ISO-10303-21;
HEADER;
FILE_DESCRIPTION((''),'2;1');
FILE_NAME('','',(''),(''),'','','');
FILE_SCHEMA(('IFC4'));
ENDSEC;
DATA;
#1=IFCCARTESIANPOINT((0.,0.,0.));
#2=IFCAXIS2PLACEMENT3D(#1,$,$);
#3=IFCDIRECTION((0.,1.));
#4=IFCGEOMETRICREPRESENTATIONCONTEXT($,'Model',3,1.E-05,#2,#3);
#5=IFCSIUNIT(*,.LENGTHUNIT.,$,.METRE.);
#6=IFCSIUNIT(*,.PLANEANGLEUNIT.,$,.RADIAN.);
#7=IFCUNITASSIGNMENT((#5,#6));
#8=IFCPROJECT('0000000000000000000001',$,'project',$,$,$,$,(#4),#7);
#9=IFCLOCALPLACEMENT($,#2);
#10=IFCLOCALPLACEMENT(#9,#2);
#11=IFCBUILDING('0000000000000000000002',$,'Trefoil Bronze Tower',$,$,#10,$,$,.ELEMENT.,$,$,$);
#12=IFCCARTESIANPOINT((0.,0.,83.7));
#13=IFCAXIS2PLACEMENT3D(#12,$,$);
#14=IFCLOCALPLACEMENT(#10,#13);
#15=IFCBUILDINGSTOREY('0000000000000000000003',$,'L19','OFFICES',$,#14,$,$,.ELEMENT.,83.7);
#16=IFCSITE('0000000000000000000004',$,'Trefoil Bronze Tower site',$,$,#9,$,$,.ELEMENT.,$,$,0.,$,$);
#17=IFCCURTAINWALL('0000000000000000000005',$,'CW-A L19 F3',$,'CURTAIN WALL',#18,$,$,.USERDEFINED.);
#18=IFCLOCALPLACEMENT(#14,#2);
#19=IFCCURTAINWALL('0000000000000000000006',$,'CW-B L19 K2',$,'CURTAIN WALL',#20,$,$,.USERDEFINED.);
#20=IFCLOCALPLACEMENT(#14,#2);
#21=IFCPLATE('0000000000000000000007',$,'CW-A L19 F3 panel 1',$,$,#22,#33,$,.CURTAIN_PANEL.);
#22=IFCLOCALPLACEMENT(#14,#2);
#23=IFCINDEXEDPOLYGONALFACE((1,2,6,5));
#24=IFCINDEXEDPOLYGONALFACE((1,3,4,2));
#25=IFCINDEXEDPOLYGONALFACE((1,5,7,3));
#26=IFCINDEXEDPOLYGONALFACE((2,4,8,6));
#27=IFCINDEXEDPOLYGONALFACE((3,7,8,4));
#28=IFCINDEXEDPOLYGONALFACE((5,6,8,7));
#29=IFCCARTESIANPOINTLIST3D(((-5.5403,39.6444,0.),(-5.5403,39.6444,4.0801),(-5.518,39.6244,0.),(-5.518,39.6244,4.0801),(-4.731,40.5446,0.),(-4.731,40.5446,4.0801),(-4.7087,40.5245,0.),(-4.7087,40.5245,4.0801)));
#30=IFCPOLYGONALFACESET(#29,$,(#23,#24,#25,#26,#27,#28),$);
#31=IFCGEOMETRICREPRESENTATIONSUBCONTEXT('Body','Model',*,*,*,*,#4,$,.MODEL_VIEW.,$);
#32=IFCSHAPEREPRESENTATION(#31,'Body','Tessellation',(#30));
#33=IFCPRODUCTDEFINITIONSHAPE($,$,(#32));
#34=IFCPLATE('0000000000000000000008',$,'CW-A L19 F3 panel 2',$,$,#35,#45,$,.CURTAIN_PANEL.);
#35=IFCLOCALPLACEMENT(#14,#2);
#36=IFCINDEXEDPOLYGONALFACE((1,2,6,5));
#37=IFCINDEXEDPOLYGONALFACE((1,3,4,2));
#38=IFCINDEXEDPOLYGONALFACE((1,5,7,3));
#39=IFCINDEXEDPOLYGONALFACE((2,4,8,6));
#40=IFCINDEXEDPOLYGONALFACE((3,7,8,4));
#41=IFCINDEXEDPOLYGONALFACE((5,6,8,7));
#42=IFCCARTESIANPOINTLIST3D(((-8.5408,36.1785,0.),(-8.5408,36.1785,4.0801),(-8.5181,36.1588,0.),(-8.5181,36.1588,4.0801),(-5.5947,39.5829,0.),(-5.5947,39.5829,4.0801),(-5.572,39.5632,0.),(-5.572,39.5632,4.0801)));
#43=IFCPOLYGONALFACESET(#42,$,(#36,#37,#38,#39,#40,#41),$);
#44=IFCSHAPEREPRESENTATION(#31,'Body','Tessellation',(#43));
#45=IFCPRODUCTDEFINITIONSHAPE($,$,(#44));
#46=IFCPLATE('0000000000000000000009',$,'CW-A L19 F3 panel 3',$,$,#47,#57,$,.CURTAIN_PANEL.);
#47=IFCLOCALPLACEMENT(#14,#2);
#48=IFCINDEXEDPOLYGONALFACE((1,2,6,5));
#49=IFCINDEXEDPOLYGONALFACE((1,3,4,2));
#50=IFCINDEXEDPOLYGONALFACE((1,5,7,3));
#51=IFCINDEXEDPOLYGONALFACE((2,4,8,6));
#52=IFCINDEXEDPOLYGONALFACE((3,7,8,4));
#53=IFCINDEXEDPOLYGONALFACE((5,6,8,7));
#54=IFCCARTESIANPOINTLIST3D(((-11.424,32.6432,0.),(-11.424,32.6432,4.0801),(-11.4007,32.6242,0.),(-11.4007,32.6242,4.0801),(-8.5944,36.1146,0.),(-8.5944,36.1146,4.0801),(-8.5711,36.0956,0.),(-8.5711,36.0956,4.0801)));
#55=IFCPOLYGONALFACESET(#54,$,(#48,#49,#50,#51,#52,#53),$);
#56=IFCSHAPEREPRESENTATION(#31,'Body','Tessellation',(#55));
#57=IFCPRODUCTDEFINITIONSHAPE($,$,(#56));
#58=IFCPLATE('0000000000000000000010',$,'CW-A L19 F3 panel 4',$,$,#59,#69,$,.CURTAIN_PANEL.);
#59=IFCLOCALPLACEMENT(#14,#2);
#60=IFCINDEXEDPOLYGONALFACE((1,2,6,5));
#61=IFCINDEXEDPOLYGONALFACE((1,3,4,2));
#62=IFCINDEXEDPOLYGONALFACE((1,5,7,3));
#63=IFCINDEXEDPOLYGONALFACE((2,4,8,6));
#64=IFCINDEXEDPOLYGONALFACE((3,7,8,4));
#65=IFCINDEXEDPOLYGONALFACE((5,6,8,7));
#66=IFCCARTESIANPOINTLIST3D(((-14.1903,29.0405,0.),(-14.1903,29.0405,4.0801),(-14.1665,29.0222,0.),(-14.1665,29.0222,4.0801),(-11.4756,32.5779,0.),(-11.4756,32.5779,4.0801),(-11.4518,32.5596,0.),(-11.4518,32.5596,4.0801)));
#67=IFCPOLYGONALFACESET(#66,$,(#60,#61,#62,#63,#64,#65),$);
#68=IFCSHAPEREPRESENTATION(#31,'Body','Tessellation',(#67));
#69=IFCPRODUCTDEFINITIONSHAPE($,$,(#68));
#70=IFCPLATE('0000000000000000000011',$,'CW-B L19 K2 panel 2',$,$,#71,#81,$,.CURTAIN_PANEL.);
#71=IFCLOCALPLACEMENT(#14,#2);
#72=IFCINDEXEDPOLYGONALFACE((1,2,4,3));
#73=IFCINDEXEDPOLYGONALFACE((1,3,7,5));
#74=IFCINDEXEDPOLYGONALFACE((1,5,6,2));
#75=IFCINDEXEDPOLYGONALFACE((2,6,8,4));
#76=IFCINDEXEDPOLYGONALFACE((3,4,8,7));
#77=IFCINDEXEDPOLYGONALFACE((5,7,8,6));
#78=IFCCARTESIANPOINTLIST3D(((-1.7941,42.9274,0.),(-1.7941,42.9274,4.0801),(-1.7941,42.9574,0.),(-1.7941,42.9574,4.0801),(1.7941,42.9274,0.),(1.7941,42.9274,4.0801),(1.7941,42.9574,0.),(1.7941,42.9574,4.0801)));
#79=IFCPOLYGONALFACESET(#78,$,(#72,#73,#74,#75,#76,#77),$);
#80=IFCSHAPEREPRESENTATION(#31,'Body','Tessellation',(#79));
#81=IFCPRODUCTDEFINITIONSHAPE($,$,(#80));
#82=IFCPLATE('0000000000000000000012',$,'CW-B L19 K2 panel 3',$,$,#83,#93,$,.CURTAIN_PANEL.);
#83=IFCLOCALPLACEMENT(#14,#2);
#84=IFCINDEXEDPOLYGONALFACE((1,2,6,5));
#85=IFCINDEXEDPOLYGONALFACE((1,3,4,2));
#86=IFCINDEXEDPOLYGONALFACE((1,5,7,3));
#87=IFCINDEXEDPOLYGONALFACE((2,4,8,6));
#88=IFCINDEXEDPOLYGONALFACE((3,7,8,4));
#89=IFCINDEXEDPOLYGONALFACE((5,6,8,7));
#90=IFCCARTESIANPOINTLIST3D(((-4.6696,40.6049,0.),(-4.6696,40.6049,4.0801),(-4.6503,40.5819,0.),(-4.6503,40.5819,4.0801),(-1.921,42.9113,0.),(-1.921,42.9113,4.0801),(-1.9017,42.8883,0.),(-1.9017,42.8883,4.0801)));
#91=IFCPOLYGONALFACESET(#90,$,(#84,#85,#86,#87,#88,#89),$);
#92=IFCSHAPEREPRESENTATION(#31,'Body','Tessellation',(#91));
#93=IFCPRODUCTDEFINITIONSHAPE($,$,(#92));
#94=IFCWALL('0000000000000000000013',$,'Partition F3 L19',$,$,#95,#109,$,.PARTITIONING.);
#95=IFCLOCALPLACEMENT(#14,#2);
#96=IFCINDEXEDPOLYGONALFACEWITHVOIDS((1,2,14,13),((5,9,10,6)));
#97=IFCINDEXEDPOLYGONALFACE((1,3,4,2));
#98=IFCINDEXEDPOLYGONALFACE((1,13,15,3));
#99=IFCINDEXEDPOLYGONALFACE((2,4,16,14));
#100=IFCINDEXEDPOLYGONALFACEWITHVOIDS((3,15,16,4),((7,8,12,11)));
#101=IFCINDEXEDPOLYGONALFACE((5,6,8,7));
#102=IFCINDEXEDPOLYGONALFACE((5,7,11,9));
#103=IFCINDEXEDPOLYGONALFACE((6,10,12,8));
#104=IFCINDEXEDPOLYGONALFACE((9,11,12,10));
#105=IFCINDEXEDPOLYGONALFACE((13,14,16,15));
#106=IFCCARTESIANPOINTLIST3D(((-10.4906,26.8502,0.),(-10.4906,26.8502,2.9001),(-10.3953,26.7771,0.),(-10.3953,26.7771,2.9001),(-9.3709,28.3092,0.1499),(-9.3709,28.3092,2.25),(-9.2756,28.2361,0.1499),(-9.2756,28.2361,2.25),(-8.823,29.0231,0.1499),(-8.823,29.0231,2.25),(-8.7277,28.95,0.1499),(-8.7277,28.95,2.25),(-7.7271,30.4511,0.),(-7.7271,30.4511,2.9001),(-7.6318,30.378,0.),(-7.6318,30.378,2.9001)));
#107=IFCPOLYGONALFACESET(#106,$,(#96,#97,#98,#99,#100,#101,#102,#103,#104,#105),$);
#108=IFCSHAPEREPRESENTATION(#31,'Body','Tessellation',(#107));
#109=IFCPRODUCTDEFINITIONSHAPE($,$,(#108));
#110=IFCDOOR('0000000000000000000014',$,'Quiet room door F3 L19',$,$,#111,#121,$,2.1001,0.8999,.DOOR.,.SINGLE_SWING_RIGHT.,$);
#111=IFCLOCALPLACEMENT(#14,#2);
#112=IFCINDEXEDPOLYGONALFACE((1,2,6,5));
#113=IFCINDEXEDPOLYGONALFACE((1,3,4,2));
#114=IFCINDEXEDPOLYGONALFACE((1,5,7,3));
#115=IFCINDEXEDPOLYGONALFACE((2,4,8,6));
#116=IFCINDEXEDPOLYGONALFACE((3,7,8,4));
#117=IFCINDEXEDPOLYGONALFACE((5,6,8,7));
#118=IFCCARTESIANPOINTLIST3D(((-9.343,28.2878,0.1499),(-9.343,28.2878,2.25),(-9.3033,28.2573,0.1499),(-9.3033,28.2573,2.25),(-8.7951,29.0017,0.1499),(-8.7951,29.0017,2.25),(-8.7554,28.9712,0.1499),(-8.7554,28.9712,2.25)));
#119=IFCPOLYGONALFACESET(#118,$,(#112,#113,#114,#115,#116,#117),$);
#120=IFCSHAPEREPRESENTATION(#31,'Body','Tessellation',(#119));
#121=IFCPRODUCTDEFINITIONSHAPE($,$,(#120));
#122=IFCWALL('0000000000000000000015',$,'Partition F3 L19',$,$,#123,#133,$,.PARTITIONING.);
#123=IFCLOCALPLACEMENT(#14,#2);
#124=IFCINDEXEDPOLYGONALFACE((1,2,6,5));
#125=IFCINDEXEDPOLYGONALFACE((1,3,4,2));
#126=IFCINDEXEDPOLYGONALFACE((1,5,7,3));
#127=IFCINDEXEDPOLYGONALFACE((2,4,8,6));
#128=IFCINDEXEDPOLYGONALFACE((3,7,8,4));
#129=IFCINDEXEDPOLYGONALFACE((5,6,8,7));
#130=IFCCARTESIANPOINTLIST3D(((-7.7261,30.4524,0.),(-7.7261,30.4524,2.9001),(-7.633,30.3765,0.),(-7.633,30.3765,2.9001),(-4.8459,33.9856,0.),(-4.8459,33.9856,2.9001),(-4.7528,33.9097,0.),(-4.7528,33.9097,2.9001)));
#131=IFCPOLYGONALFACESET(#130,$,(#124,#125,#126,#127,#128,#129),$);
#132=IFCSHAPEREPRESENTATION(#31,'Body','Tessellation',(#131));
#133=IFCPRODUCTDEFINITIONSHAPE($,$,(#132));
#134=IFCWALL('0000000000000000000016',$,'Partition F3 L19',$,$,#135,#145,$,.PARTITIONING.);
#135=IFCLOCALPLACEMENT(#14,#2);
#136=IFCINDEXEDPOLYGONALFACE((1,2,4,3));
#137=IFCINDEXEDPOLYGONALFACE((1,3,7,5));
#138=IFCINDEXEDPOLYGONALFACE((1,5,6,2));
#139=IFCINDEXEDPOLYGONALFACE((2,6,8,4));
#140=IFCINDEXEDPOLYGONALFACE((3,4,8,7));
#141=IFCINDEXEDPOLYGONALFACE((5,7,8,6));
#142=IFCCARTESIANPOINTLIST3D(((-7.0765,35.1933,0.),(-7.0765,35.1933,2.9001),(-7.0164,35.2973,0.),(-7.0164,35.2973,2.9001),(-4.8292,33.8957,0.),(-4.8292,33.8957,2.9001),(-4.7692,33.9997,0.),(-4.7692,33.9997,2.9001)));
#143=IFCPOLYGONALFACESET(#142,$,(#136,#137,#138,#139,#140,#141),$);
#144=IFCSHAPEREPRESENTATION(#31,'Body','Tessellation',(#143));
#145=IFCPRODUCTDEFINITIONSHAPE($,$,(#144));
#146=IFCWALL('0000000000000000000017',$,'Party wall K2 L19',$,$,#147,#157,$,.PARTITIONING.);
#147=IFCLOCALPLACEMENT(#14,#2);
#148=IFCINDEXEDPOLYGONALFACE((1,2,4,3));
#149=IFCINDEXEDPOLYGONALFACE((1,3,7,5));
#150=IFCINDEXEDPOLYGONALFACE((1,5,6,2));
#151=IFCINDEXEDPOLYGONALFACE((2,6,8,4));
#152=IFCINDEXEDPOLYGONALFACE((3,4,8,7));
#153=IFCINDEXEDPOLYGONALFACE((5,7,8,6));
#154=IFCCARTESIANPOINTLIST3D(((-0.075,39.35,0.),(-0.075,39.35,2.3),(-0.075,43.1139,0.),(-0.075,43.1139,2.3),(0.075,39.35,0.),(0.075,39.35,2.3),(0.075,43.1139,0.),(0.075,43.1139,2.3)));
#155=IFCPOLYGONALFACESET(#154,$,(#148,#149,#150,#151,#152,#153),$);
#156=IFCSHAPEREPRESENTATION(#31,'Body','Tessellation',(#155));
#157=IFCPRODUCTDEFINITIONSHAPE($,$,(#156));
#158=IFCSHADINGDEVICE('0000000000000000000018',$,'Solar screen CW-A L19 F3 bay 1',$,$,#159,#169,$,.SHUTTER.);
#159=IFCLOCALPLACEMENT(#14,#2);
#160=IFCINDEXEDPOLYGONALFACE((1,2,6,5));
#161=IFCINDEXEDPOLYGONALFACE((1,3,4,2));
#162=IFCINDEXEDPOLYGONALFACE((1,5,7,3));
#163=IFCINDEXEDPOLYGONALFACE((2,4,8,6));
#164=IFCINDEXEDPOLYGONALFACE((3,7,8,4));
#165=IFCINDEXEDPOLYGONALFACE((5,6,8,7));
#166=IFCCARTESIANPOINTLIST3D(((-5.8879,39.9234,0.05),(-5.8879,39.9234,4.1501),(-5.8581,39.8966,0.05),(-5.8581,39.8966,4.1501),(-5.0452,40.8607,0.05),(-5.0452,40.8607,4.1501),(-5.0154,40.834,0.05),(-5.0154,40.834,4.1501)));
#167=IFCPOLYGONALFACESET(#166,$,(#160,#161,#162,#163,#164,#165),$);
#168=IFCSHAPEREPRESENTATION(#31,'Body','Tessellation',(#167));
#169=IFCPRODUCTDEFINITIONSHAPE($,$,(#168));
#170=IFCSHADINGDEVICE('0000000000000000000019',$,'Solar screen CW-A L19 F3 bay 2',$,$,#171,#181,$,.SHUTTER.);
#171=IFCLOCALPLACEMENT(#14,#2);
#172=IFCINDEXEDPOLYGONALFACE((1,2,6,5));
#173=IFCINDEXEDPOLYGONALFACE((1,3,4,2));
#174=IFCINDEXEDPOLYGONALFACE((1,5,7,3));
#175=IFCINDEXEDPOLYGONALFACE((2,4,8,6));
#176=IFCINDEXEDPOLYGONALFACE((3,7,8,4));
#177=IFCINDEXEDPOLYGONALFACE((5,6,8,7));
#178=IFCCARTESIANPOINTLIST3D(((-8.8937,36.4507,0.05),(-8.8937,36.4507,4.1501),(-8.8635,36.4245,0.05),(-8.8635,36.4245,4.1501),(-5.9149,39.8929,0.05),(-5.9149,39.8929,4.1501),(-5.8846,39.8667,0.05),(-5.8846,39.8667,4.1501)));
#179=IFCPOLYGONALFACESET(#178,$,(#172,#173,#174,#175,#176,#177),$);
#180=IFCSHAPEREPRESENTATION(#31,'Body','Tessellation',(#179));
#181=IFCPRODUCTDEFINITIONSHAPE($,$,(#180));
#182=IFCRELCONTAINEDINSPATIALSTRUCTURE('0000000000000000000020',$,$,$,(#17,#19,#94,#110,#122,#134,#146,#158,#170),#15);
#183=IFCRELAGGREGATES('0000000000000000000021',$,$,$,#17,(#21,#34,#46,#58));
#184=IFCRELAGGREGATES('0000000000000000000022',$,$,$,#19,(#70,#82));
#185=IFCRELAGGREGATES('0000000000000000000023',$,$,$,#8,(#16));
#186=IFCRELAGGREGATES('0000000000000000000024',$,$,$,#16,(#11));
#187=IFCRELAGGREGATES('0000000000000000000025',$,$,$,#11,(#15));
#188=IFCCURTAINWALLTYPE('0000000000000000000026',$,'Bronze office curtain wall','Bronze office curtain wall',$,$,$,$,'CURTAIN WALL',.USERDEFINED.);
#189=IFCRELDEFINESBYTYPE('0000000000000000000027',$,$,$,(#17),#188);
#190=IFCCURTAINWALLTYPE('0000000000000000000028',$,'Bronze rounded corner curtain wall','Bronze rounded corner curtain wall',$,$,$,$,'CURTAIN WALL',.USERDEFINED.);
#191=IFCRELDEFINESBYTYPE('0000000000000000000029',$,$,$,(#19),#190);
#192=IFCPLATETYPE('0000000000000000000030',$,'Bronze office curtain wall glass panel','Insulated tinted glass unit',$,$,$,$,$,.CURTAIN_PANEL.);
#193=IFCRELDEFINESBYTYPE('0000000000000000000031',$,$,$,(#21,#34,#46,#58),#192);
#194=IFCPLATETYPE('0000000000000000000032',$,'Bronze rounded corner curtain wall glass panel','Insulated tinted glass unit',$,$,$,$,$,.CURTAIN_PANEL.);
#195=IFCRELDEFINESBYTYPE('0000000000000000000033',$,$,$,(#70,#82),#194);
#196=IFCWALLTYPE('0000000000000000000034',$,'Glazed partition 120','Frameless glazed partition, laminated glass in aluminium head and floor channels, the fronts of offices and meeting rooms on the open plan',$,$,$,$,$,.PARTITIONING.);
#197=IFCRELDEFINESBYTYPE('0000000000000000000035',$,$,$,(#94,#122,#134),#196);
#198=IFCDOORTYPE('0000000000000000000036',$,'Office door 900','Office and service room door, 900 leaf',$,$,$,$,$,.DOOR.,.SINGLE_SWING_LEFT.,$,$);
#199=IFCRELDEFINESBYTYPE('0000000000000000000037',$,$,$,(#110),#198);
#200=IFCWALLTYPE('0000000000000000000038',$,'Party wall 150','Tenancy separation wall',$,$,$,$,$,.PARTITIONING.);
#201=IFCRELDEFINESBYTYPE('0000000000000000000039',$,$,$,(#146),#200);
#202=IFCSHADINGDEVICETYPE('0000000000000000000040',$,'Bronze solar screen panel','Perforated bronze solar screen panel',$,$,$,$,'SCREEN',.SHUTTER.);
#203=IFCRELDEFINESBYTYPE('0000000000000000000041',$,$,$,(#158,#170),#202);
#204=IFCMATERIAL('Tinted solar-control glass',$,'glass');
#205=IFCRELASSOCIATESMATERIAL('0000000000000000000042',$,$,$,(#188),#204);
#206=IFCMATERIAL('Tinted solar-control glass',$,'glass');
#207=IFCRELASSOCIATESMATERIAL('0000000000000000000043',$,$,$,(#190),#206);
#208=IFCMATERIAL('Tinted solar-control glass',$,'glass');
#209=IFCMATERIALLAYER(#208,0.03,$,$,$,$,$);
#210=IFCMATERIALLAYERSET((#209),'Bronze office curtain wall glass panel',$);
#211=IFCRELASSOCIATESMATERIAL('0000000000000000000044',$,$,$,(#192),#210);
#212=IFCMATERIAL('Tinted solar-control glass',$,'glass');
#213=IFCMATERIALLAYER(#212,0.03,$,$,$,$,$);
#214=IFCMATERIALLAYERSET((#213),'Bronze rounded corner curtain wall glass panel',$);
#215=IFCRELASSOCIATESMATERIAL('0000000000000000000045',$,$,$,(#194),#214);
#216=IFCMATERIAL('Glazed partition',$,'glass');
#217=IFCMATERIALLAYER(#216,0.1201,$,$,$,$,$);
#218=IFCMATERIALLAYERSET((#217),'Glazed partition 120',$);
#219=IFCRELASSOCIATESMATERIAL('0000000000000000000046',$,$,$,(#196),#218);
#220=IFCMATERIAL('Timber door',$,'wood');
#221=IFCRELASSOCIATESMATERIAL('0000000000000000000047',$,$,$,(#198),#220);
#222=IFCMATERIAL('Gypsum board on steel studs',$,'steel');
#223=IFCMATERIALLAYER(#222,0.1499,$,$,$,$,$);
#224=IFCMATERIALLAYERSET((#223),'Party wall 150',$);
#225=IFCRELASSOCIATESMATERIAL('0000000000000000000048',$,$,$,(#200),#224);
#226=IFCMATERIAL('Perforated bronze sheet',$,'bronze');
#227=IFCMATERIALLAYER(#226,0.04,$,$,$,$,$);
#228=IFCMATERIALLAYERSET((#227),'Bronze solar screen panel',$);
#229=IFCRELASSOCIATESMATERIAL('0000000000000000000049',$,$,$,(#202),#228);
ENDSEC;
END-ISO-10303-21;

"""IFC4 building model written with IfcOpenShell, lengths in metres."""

from ifc_helpers import new_model, si_unit, direction, frame, frame_2d, origin, origin_2d, place, context, subcontext, project, spatial, rectangle, extrude, material, layer, layer_set, type_object, element, fill, aggregate, save


model = new_model("IFC4")

# Units and contexts
model_context = context("Model", 3, precision=1e-05, world=origin(), true_north=direction((0.0, 1.0)))
body_context = subcontext(model_context, "Body", "Model", "MODEL_VIEW")
ifc_project = project(units=[si_unit("LENGTHUNIT", "METRE"), si_unit("PLANEANGLEUNIT", "RADIAN")], contexts=[model_context])

# Site, building, storey
site_placement = place(None, origin())
site = spatial("IfcSite", under=ifc_project, at=site_placement, Name="Trefoil Bronze Tower site", CompositionType="ELEMENT", RefElevation=0.0)
building_placement = place(site_placement, origin())
building = spatial("IfcBuilding", under=site, at=building_placement, Name="Trefoil Bronze Tower", CompositionType="ELEMENT")
storey_placement = place(building_placement, frame((0.0, 0.0, 83.7)))
storey = spatial("IfcBuildingStorey", under=building, at=storey_placement, Name="L19", Description="OFFICES", CompositionType="ELEMENT", Elevation=83.7)

# Curtain walls
ifc_material_1 = material(Name="Tinted solar-control glass", Category="glass")
curtain_wall_type_1 = type_object("IfcCurtainWallType", Name="Bronze office curtain wall", Description="Bronze office curtain wall", ElementType="CURTAIN WALL", PredefinedType="USERDEFINED", material=ifc_material_1)
curtain_wall_1_placement = place(storey_placement, origin())
curtain_wall_1 = element("IfcCurtainWall", 1, at=curtain_wall_1_placement, inside=storey, type_object=curtain_wall_type_1, Name="CW-A L19 F3", ObjectType="CURTAIN WALL", PredefinedType="USERDEFINED")
ifc_material_2 = material(Name="Tinted solar-control glass", Category="glass")
curtain_wall_type_2 = type_object("IfcCurtainWallType", Name="Bronze rounded corner curtain wall", Description="Bronze rounded corner curtain wall", ElementType="CURTAIN WALL", PredefinedType="USERDEFINED", material=ifc_material_2)
curtain_wall_2_placement = place(storey_placement, origin())
curtain_wall_2 = element("IfcCurtainWall", 2, at=curtain_wall_2_placement, inside=storey, type_object=curtain_wall_type_2, Name="CW-B L19 K2", ObjectType="CURTAIN WALL", PredefinedType="USERDEFINED")

# Plates
ifc_material_3 = material(Name="Tinted solar-control glass", Category="glass")
ifc_layer_1 = layer(ifc_material_3, 0.03)
ifc_layer_set_1 = layer_set([ifc_layer_1], Name="Bronze office curtain wall glass panel")
plate_type_1 = type_object("IfcPlateType", Name="Bronze office curtain wall glass panel", Description="Insulated tinted glass unit", PredefinedType="CURTAIN_PANEL", material=ifc_layer_set_1)
plate_1_placement = place(storey_placement, frame((-5.1245, 40.0845, 0.0), z_axis=(0.0, 0.0, 1.0), x_axis=(-0.668575, -0.743645, 0.0)))
plate_1 = element("IfcPlate", 3, at=plate_1_placement, type_object=plate_type_1, Name="CW-A L19 F3 panel 1", PredefinedType="CURTAIN_PANEL", context=body_context, shape_type="SweptSolid", body=[
    extrude(rectangle(XDim=1.2104, YDim=0.03, at=origin_2d()), origin(), (0.0, 0.0, 1.0), 4.0801),
])
plate_2_placement = place(storey_placement, frame((-7.0564, 37.8708, 0.0), z_axis=(0.0, 0.0, 1.0), x_axis=(-0.654376, -0.756169, 0.0)))
plate_2 = element("IfcPlate", 4, at=plate_2_placement, type_object=plate_type_1, Name="CW-A L19 F3 panel 2", PredefinedType="CURTAIN_PANEL", context=body_context, shape_type="SweptSolid", body=[
    extrude(rectangle(XDim=4.5022, YDim=0.03, at=origin_2d()), origin(), (0.0, 0.0, 1.0), 4.0801),
])
plate_3_placement = place(storey_placement, frame((-9.9976, 34.3694, 0.0), z_axis=(0.0, 0.0, 1.0), x_axis=(-0.631811, -0.775123, 0.0)))
plate_3 = element("IfcPlate", 5, at=plate_3_placement, type_object=plate_type_1, Name="CW-A L19 F3 panel 3", PredefinedType="CURTAIN_PANEL", context=body_context, shape_type="SweptSolid", body=[
    extrude(rectangle(XDim=4.4785, YDim=0.03, at=origin_2d()), origin(), (0.0, 0.0, 1.0), 4.0801),
])
plate_4_placement = place(storey_placement, frame((-12.821, 30.8, 0.0), z_axis=(0.0, 0.0, 1.0), x_axis=(-0.608808, -0.793318, 0.0)))
plate_4 = element("IfcPlate", 6, at=plate_4_placement, type_object=plate_type_1, Name="CW-A L19 F3 panel 4", PredefinedType="CURTAIN_PANEL", context=body_context, shape_type="SweptSolid", body=[
    extrude(rectangle(XDim=4.459, YDim=0.03, at=origin_2d()), origin(), (0.0, 0.0, 1.0), 4.0801),
])
aggregate(curtain_wall_1, [plate_1, plate_2, plate_3, plate_4])
ifc_material_4 = material(Name="Tinted solar-control glass", Category="glass")
ifc_layer_2 = layer(ifc_material_4, 0.03)
ifc_layer_set_2 = layer_set([ifc_layer_2], Name="Bronze rounded corner curtain wall glass panel")
plate_type_2 = type_object("IfcPlateType", Name="Bronze rounded corner curtain wall glass panel", Description="Insulated tinted glass unit", PredefinedType="CURTAIN_PANEL", material=ifc_layer_set_2)
plate_5_placement = place(storey_placement, frame((0.0, 42.9424, 0.0), z_axis=(0.0, 0.0, 1.0), x_axis=(-1.0, 0.0, 0.0)))
plate_5 = element("IfcPlate", 7, at=plate_5_placement, type_object=plate_type_2, Name="CW-B L19 K2 panel 2", PredefinedType="CURTAIN_PANEL", context=body_context, shape_type="SweptSolid", body=[
    extrude(rectangle(XDim=3.5881, YDim=0.03, at=origin_2d()), origin(), (0.0, 0.0, 1.0), 4.0801),
])
plate_6_placement = place(storey_placement, frame((-3.2856, 41.7466, 0.0), z_axis=(0.0, 0.0, 1.0), x_axis=(-0.766044, -0.642788, 0.0)))
plate_6 = element("IfcPlate", 8, at=plate_6_placement, type_object=plate_type_2, Name="CW-B L19 K2 panel 3", PredefinedType="CURTAIN_PANEL", context=body_context, shape_type="SweptSolid", body=[
    extrude(rectangle(XDim=3.5881, YDim=0.03, at=origin_2d()), origin(), (0.0, 0.0, 1.0), 4.0801),
])
aggregate(curtain_wall_2, [plate_5, plate_6])

# Wall, opening, door
ifc_material_5 = material(Name="Glazed partition", Category="glass")
ifc_layer_3 = layer(ifc_material_5, 0.1201)
ifc_layer_set_3 = layer_set([ifc_layer_3], Name="Glazed partition 120")
wall_type_1 = type_object("IfcWallType", Name="Glazed partition 120", Description="Frameless glazed partition, laminated glass in aluminium head and floor channels, the fronts of offices and meeting rooms on the open plan", PredefinedType="PARTITIONING", material=ifc_layer_set_3)
wall_1_placement = place(storey_placement, frame((-7.6794, 30.4146, 0.0), z_axis=(0.0, 0.0, 1.0), x_axis=(-0.608819, -0.793309, 0.0)))
wall_1 = element("IfcWall", 9, at=wall_1_placement, inside=storey, type_object=wall_type_1, Name="Partition F3 L19", PredefinedType="PARTITIONING", context=body_context, shape_type="SweptSolid", body=[
    extrude(rectangle(XDim=4.5391, YDim=0.1201, at=frame_2d((2.2695, 0.0))), origin(), (0.0, 0.0, 1.0), 2.9001),
])
opening_placement = place(wall_1_placement, frame((1.8, 0.0, 0.1499)))
opening = element("IfcOpeningElement", 10, at=opening_placement, cuts=wall_1, PredefinedType="OPENING", context=body_context, shape_type="SweptSolid", body=[
    extrude(rectangle(XDim=0.8999, YDim=2.1001, at=frame_2d((0.45, 1.05))), frame((0.0, 0.0701, 0.0), z_axis=(0.0, -1.0, 0.0), x_axis=(1.0, 0.0, 0.0)), (0.0, 0.0, 1.0), 0.1401),
])
ifc_material_6 = material(Name="Timber door", Category="wood")
door_type = type_object("IfcDoorType", Name="Office door 900", Description="Office and service room door, 900 leaf", OperationType="SINGLE_SWING_LEFT", PredefinedType="DOOR", material=ifc_material_6)
door_placement = place(opening_placement, frame((0.8999, 0.0, 0.0), z_axis=(0.0, 0.0, 1.0), x_axis=(-1.0, 0.0, 0.0)))
door = element("IfcDoor", 11, at=door_placement, inside=storey, type_object=door_type, Name="Quiet room door F3 L19", OperationType="SINGLE_SWING_RIGHT", OverallHeight=2.1001, OverallWidth=0.8999, PredefinedType="DOOR", context=body_context, shape_type="SweptSolid", body=[
    extrude(rectangle(XDim=0.8999, YDim=2.1001, at=frame_2d((0.45, 1.05))), frame((0.0, 0.0249, 0.0), z_axis=(0.0, -1.0, 0.0), x_axis=(1.0, 0.0, 0.0)), (0.0, 0.0, 1.0), 0.05),
])
fill(opening, door)

# Walls
wall_2_placement = place(storey_placement, frame((-4.7993, 33.9478, 0.0), z_axis=(0.0, 0.0, 1.0), x_axis=(-0.631834, -0.775104, 0.0)))
element("IfcWall", 12, at=wall_2_placement, inside=storey, type_object=wall_type_1, Name="Partition F3 L19", PredefinedType="PARTITIONING", context=body_context, shape_type="SweptSolid", body=[
    extrude(rectangle(XDim=4.5583, YDim=0.1201, at=frame_2d((2.2793, 0.0))), origin(), (0.0, 0.0, 1.0), 2.9001),
])
wall_3_placement = place(storey_placement, frame((-4.7993, 33.9478, 0.0), z_axis=(0.0, 0.0, 1.0), x_axis=(-0.866005, 0.500035, 0.0)))
element("IfcWall", 13, at=wall_3_placement, inside=storey, type_object=wall_type_1, Name="Partition F3 L19", PredefinedType="PARTITIONING", context=body_context, shape_type="SweptSolid", body=[
    extrude(rectangle(XDim=2.595, YDim=0.1201, at=frame_2d((1.2974, 0.0))), origin(), (0.0, 0.0, 1.0), 2.9001),
])
ifc_material_7 = material(Name="Gypsum board on steel studs", Category="steel")
ifc_layer_4 = layer(ifc_material_7, 0.1499)
ifc_layer_set_4 = layer_set([ifc_layer_4], Name="Party wall 150")
wall_type_2 = type_object("IfcWallType", Name="Party wall 150", Description="Tenancy separation wall", PredefinedType="PARTITIONING", material=ifc_layer_set_4)
wall_4_placement = place(storey_placement, frame((0.0, 39.3501, 0.0), z_axis=(0.0, 0.0, 1.0), x_axis=(0.0, 1.0, 0.0)))
element("IfcWall", 14, at=wall_4_placement, inside=storey, type_object=wall_type_2, Name="Party wall K2 L19", PredefinedType="PARTITIONING", context=body_context, shape_type="SweptSolid", body=[
    extrude(rectangle(XDim=3.7639, YDim=0.1499, at=frame_2d((1.8818, 0.0))), origin(), (0.0, 0.0, 1.0), 2.3),
])

# Shading devices
ifc_material_8 = material(Name="Perforated bronze sheet", Category="bronze")
ifc_layer_5 = layer(ifc_material_8, 0.04)
ifc_layer_set_5 = layer_set([ifc_layer_5], Name="Bronze solar screen panel")
shading_device_type = type_object("IfcShadingDeviceType", Name="Bronze solar screen panel", Description="Perforated bronze solar screen panel", ElementType="SCREEN", PredefinedType="SHUTTER", material=ifc_layer_set_5)
shading_device_1_placement = place(storey_placement, frame((-5.4517, 40.3787, 0.05), z_axis=(0.0, 0.0, 1.0), x_axis=(-0.668575, -0.743645, 0.0)))
element("IfcShadingDevice", 15, at=shading_device_1_placement, inside=storey, type_object=shading_device_type, Name="Solar screen CW-A L19 F3 bay 1", PredefinedType="SHUTTER", context=body_context, shape_type="SweptSolid", body=[
    extrude(rectangle(XDim=1.2605, YDim=0.04, at=origin_2d()), origin(), (0.0, 0.0, 1.0), 4.1001),
])
shading_device_2_placement = place(storey_placement, frame((-7.3892, 38.1587, 0.05), z_axis=(0.0, 0.0, 1.0), x_axis=(-0.654376, -0.756169, 0.0)))
element("IfcShadingDevice", 16, at=shading_device_2_placement, inside=storey, type_object=shading_device_type, Name="Solar screen CW-A L19 F3 bay 2", PredefinedType="SHUTTER", context=body_context, shape_type="SweptSolid", body=[
    extrude(rectangle(XDim=4.5522, YDim=0.04, at=origin_2d()), origin(), (0.0, 0.0, 1.0), 4.1001),
])

save(model, "model.ifc")
